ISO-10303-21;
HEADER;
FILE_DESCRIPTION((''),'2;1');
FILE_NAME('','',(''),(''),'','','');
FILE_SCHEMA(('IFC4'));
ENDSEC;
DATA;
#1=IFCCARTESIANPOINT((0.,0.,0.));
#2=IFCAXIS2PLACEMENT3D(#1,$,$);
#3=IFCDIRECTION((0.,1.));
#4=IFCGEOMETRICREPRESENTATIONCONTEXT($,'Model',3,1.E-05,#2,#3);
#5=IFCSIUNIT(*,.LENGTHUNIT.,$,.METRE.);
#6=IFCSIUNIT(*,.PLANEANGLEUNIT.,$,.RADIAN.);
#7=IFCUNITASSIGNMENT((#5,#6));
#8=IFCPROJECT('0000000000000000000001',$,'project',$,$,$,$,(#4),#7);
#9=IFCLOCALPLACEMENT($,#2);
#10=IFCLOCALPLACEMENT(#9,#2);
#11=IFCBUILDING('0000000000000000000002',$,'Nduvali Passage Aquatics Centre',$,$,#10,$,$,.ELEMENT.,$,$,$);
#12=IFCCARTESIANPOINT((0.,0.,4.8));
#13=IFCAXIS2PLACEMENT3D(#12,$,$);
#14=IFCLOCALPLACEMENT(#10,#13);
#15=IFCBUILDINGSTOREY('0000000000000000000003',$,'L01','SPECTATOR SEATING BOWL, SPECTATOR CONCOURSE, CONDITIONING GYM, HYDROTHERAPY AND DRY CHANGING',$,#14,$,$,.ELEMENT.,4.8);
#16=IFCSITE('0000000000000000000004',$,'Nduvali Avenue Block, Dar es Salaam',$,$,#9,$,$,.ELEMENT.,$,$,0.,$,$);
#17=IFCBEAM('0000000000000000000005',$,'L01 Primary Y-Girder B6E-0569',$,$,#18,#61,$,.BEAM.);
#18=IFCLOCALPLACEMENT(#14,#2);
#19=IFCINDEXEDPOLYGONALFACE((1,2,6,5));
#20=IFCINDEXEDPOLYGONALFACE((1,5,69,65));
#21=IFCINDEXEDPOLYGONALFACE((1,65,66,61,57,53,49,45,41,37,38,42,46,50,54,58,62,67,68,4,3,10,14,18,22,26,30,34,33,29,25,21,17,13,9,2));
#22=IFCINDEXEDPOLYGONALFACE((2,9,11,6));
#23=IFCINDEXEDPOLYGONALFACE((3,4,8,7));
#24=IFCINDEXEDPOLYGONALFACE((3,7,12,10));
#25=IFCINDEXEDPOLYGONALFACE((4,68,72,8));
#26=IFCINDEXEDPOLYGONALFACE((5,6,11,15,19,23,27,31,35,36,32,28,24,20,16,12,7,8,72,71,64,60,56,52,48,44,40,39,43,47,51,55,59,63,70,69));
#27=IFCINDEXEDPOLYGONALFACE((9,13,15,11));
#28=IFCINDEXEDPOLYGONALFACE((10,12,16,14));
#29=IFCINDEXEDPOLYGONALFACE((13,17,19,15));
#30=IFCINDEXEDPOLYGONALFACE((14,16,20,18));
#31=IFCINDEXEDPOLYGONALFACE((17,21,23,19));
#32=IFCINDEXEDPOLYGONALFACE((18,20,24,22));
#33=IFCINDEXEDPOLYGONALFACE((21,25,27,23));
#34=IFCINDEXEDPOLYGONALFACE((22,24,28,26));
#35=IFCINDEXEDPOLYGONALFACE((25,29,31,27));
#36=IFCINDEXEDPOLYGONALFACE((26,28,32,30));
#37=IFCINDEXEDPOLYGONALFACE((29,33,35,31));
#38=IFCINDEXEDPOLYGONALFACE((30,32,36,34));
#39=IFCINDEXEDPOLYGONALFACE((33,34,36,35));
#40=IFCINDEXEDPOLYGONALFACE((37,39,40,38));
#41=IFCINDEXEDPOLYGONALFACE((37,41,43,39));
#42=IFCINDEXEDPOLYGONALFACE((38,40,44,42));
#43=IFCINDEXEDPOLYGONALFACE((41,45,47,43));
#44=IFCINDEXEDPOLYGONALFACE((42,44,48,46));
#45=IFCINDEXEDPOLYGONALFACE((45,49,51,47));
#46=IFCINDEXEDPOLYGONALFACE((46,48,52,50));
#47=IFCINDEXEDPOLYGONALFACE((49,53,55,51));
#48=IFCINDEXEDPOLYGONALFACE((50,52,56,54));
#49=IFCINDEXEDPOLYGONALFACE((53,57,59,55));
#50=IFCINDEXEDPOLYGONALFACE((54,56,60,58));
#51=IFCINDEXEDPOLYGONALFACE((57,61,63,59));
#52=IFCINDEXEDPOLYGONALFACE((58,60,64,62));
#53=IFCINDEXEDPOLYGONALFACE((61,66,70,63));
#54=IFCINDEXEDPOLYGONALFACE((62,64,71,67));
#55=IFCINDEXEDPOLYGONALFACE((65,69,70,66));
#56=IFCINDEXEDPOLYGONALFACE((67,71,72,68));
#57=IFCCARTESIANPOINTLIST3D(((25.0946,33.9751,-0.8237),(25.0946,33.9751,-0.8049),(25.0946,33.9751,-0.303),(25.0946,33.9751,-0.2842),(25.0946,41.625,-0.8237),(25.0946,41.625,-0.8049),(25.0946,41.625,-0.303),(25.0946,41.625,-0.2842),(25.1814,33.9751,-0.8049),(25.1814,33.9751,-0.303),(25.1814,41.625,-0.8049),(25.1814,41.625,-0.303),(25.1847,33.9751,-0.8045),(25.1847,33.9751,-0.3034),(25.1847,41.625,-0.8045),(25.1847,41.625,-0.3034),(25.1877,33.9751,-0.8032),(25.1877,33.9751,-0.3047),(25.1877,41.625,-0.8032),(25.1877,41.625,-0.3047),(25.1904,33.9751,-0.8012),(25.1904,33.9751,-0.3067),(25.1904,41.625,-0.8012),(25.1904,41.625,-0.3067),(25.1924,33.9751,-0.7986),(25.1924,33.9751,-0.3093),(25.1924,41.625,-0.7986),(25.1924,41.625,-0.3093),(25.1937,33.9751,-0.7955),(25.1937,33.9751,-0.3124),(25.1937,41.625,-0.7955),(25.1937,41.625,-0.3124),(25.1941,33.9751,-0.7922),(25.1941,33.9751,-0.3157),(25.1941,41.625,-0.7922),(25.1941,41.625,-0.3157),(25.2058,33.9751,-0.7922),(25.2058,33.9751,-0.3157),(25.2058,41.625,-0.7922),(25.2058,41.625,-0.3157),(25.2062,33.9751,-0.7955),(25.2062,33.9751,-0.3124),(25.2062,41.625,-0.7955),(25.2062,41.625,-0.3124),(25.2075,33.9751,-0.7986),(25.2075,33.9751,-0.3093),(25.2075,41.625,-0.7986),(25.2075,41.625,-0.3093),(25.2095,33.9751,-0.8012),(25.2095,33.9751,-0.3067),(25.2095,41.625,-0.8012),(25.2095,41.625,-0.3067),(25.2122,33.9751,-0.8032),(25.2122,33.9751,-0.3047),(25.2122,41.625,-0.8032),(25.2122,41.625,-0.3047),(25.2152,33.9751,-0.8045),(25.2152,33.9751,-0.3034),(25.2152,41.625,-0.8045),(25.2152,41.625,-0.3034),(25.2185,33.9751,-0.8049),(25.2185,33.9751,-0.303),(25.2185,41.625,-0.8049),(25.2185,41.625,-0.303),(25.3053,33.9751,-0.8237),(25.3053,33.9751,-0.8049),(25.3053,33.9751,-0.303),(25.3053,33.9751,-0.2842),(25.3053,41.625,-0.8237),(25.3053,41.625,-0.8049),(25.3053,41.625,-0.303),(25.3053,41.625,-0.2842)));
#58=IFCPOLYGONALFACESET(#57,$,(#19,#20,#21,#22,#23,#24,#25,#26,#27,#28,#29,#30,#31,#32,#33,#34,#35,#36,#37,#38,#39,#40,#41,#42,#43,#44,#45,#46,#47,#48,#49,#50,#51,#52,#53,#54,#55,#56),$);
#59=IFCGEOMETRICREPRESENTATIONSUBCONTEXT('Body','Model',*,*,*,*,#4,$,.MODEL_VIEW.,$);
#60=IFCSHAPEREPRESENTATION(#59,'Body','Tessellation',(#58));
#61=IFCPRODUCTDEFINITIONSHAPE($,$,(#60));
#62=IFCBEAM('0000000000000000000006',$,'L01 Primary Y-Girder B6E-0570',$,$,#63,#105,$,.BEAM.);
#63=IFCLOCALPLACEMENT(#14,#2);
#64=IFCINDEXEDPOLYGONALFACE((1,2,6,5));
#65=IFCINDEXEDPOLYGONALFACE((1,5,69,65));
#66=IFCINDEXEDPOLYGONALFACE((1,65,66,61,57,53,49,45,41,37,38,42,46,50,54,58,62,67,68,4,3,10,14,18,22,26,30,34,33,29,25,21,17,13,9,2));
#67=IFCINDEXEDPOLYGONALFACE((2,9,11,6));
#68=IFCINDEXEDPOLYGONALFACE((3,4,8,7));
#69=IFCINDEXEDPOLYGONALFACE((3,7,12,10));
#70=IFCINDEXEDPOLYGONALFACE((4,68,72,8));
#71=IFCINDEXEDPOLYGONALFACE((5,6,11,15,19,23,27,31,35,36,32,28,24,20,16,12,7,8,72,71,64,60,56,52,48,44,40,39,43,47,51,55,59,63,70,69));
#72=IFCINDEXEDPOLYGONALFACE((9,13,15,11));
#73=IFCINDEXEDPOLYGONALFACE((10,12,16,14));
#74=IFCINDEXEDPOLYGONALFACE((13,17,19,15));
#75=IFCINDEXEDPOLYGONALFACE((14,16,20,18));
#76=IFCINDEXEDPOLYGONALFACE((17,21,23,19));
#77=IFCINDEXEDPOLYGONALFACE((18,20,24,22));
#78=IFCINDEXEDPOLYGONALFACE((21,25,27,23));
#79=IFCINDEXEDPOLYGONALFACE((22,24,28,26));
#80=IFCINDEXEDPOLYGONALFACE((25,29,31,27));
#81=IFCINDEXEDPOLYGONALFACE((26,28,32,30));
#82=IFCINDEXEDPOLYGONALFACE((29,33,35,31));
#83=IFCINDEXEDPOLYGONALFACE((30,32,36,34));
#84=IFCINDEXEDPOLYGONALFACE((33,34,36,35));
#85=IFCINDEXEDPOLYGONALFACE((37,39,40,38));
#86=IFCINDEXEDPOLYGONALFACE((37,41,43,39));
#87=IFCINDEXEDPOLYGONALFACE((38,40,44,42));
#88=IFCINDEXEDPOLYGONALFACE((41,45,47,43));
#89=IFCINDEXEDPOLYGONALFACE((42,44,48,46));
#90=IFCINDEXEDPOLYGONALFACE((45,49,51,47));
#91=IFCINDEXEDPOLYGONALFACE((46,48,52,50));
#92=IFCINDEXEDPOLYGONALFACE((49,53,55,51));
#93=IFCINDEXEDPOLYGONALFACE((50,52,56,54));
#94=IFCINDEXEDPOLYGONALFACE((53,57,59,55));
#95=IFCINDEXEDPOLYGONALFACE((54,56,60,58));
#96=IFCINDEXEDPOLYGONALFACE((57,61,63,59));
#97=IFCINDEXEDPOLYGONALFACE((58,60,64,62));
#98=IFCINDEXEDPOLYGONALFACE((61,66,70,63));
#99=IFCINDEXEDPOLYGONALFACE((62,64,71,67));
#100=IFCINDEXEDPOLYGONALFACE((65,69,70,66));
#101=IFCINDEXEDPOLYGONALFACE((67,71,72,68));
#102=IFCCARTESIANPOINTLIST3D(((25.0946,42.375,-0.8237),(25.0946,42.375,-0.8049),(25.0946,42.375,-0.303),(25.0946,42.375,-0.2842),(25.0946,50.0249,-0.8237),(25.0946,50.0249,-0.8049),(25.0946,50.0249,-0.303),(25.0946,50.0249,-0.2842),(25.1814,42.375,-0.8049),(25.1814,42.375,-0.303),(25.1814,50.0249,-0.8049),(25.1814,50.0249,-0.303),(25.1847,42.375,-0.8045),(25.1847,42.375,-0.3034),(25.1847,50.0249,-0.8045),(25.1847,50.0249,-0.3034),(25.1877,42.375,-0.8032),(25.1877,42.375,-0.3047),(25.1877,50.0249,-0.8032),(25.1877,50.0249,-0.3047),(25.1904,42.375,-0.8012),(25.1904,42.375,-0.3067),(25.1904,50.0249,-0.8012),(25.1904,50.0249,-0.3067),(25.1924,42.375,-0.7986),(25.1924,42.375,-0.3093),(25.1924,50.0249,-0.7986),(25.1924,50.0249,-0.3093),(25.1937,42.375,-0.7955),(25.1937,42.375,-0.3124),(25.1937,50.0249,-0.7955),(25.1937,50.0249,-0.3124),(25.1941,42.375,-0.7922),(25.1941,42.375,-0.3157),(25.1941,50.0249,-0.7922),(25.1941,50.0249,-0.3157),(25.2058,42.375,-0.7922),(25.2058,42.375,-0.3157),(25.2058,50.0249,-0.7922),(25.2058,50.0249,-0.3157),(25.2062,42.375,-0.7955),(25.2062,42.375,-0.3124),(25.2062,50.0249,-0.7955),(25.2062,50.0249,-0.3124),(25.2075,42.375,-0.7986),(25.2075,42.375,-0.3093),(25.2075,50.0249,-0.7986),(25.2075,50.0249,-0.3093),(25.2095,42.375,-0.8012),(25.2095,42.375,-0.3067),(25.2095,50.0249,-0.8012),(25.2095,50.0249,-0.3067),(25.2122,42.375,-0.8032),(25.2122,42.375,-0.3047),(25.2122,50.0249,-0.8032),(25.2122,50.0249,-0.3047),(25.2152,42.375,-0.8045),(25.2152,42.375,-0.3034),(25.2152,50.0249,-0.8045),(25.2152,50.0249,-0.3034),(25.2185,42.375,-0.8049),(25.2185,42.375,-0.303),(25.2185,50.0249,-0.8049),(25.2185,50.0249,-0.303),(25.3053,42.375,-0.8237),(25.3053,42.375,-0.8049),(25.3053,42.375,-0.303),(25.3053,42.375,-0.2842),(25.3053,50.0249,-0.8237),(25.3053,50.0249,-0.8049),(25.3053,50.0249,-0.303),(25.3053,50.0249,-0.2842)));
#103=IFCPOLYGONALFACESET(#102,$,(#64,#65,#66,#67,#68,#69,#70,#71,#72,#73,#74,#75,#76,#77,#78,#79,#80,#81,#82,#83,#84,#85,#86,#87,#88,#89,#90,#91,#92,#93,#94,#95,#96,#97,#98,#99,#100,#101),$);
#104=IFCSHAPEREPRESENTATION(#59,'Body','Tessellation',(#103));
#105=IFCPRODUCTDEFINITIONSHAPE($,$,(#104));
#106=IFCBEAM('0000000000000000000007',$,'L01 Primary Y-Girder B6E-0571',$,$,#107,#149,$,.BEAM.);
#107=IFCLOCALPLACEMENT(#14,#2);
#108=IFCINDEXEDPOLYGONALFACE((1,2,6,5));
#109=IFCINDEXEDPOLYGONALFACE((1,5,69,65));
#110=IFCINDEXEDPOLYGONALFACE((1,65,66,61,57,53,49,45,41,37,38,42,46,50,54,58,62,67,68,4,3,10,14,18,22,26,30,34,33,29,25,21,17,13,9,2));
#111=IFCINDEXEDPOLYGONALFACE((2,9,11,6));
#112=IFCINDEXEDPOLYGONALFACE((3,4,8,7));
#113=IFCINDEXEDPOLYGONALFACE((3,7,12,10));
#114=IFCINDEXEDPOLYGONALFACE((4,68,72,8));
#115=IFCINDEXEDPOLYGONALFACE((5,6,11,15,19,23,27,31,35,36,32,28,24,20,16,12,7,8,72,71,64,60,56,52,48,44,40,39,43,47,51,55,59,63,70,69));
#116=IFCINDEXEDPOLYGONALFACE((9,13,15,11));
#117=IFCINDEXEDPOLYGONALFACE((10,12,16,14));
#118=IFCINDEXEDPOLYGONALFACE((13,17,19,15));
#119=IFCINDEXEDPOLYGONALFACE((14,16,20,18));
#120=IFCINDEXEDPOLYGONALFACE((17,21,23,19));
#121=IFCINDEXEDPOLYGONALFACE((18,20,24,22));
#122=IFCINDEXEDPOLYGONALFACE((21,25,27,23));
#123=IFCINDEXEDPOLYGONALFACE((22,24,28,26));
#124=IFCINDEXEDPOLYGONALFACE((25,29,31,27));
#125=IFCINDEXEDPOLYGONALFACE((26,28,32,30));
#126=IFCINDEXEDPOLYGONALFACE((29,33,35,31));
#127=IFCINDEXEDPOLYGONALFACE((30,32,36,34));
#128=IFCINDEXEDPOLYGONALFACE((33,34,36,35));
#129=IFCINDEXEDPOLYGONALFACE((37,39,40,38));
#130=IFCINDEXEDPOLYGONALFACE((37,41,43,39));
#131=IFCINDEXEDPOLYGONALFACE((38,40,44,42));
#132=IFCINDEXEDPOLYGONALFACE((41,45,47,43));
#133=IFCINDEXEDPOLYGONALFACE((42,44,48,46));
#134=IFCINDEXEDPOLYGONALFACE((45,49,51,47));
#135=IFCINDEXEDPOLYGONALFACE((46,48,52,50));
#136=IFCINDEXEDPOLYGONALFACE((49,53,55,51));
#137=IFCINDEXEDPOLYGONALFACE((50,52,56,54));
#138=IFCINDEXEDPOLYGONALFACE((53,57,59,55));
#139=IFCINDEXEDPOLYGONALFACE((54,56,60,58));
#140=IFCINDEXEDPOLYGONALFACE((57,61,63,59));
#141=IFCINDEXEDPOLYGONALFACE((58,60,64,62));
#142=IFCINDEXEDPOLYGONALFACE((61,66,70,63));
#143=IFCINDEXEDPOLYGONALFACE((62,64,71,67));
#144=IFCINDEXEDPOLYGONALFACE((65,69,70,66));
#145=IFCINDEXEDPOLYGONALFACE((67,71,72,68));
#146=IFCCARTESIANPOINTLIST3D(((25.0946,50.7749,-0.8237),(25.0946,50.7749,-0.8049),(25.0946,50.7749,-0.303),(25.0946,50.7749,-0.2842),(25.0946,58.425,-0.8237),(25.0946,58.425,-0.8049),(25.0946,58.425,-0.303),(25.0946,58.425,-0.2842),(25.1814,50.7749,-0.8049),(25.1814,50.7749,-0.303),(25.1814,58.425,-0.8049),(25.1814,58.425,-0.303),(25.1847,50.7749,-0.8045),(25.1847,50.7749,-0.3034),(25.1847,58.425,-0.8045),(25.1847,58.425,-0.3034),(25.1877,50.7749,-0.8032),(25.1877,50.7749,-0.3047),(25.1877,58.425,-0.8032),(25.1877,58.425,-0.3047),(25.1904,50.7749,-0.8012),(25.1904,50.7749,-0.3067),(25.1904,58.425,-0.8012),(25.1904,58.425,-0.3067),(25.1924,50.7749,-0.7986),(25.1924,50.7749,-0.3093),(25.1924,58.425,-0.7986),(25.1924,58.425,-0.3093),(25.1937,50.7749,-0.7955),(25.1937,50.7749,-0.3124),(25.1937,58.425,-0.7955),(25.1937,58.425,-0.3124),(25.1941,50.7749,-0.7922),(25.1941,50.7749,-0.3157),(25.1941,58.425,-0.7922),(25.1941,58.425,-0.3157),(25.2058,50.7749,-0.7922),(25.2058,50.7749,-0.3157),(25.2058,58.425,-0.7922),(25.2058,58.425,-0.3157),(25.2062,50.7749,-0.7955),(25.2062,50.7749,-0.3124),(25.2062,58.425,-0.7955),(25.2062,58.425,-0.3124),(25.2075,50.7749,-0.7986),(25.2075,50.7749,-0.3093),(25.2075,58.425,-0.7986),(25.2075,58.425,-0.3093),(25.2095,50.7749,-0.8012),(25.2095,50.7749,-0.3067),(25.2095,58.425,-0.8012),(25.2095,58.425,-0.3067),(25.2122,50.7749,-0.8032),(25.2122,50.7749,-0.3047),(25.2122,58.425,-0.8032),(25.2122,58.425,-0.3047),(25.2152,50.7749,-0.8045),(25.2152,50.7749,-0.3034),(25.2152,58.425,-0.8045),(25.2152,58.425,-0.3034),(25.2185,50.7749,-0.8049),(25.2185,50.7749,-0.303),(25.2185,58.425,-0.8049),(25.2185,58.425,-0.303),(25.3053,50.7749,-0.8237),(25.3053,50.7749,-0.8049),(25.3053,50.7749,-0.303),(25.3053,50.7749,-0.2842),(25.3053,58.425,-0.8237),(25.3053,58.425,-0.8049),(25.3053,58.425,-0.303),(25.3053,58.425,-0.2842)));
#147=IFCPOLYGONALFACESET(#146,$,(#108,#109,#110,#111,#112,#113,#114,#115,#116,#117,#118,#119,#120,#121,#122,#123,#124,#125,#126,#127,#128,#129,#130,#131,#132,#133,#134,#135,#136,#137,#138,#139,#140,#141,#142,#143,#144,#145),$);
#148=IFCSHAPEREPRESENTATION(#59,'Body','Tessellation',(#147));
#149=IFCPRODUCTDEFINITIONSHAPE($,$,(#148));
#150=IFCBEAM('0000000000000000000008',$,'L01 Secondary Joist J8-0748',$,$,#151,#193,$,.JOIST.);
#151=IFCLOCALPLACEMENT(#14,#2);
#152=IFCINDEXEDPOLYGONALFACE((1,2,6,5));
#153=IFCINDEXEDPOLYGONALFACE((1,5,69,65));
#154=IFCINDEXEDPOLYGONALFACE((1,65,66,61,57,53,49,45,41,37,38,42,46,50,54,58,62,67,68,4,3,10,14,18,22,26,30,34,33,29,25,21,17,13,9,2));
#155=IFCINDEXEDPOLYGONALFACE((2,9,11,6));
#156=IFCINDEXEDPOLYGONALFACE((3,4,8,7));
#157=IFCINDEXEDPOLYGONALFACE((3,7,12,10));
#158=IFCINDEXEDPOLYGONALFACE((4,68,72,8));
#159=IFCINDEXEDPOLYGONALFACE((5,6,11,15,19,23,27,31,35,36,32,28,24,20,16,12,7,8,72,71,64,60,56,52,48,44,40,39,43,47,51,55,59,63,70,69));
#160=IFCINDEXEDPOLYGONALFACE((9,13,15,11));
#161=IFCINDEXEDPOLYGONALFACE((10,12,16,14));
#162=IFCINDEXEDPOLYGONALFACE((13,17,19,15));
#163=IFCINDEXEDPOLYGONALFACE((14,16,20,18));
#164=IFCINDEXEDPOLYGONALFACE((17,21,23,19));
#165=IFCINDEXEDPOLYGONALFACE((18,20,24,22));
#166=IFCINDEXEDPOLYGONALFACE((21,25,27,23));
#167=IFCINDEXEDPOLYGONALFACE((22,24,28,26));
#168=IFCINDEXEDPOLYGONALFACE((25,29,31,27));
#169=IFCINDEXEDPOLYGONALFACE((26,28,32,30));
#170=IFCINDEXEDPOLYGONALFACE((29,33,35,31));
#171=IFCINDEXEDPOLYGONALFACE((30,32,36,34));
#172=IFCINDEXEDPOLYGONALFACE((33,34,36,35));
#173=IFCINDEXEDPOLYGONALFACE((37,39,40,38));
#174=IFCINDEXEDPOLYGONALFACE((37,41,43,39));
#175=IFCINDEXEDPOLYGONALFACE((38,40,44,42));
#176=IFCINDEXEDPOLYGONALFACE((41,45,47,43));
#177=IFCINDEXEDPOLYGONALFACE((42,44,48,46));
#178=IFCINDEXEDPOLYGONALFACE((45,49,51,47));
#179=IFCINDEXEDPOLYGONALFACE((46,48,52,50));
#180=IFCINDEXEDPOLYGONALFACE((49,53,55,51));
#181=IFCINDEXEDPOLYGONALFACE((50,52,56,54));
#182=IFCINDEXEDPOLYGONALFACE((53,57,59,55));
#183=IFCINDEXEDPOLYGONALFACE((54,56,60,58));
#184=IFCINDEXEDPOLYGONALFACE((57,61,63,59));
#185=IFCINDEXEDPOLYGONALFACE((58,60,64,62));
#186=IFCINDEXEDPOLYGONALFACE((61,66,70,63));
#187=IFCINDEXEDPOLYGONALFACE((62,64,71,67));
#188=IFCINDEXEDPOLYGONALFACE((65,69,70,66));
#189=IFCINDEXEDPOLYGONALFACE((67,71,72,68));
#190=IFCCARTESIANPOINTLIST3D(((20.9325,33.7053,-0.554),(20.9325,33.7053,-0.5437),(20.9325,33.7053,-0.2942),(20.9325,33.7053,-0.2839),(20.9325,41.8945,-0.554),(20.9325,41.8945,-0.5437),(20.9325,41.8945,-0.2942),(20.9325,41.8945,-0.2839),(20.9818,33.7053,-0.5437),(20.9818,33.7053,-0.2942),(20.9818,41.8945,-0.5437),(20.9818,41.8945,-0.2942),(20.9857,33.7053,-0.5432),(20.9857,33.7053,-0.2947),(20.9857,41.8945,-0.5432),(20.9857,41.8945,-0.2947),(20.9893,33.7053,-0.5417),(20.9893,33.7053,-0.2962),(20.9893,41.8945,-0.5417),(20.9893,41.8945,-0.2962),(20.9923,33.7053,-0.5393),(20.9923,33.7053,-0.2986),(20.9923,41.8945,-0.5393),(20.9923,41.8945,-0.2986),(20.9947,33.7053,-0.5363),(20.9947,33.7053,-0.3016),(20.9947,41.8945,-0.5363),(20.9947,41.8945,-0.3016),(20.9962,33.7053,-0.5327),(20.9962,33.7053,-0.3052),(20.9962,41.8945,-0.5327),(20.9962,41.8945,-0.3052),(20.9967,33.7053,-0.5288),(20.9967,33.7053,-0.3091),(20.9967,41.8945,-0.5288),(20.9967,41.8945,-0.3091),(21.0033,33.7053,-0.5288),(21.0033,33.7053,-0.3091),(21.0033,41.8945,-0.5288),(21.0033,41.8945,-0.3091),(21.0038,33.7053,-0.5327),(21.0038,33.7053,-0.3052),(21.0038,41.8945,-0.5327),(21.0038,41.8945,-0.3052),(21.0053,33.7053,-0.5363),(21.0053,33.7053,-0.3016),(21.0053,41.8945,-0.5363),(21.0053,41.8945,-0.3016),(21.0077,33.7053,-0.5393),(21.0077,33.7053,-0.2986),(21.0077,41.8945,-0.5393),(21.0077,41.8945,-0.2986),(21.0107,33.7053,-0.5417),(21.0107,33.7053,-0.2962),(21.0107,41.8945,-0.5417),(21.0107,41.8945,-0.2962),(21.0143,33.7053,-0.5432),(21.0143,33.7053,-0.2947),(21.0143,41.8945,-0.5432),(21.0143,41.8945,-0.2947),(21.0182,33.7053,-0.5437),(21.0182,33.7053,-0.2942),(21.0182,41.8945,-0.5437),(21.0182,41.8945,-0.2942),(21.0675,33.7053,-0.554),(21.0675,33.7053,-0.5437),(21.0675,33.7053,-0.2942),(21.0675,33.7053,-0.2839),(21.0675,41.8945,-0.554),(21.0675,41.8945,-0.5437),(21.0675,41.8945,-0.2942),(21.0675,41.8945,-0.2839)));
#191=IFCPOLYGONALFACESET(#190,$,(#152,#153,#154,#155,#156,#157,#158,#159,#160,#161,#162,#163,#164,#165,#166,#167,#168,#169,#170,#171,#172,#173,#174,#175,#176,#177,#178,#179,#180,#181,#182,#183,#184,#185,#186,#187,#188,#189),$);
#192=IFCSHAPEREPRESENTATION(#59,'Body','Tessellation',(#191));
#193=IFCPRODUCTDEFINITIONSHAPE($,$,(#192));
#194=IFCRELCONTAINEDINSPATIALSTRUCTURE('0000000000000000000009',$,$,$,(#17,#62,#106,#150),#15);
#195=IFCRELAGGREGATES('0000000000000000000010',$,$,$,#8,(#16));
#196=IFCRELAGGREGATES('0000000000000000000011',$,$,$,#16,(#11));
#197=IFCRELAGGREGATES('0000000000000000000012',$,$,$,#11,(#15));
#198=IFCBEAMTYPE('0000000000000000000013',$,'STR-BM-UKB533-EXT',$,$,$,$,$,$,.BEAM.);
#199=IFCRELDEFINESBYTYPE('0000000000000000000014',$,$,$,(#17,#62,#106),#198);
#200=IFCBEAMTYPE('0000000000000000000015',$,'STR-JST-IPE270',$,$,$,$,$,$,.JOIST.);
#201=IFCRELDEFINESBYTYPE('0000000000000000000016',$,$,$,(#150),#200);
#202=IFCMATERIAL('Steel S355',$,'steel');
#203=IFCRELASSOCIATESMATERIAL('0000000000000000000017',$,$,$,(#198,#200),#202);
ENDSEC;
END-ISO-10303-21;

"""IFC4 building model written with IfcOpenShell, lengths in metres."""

from ifc_helpers import new_model, si_unit, direction, frame, origin, origin_2d, place, context, subcontext, project, spatial, i_section, extrude, material, material_profile, profile_set, type_object, element, save


model = new_model("IFC4")

# Units and contexts
model_context = context("Model", 3, precision=1e-05, world=origin(), true_north=direction((0.0, 1.0)))
body_context = subcontext(model_context, "Body", "Model", "MODEL_VIEW")
ifc_project = project(units=[si_unit("LENGTHUNIT", "METRE"), si_unit("PLANEANGLEUNIT", "RADIAN")], contexts=[model_context])

# Site, building, storey
site_placement = place(None, origin())
site = spatial("IfcSite", under=ifc_project, at=site_placement, Name="Nduvali Avenue Block, Dar es Salaam", CompositionType="ELEMENT", RefElevation=0.0)
building_placement = place(site_placement, origin())
building = spatial("IfcBuilding", under=site, at=building_placement, Name="Nduvali Passage Aquatics Centre", CompositionType="ELEMENT")
storey_placement = place(building_placement, frame((0.0, 0.0, 4.8)))
storey = spatial("IfcBuildingStorey", under=building, at=storey_placement, Name="L01", Description="SPECTATOR SEATING BOWL, SPECTATOR CONCOURSE, CONDITIONING GYM, HYDROTHERAPY AND DRY CHANGING", CompositionType="ELEMENT", Elevation=4.8)

# Shared definitions
ifc_material_1 = material(Name="Steel S355", Category="steel")

# Beams
ifc_material_profile_1 = material_profile(ifc_material_1, i_section(OverallWidth=0.2107, OverallDepth=0.5396, WebThickness=0.0117, FlangeThickness=0.0188, FilletRadius=0.0127, at=origin_2d()), Name="UKB 533x210x109")
ifc_profile_set_1 = profile_set([ifc_material_profile_1], Name="Steel S355")
beam_type_1 = type_object("IfcBeamType", Name="STR-BM-UKB533-EXT", PredefinedType="BEAM", material=ifc_profile_set_1)
for number, where, z_axis, x_axis, name in (
    (1, (25.2, 33.9751, -0.554), (0.0, 1.0, 0.0), (-1.0, 0.0, 0.0), "L01 Primary Y-Girder B6E-0569"),
    (2, (25.2, 42.375, -0.554), (0.0, 1.0, 0.0), (-1.0, 0.0, 0.0), "L01 Primary Y-Girder B6E-0570"),
):
    element("IfcBeam", number, at=place(storey_placement, frame(where, z_axis=z_axis, x_axis=x_axis)), inside=storey, type_object=beam_type_1, Name=name, PredefinedType="BEAM", context=body_context, shape_type="SweptSolid", body=[
        extrude(i_section(OverallWidth=0.2107, OverallDepth=0.5396, WebThickness=0.0117, FlangeThickness=0.0188, FilletRadius=0.0127, at=origin_2d()), origin(), (0.0, 0.0, 1.0), 7.6499),
    ])
beam_1_placement = place(storey_placement, frame((25.2, 50.7749, -0.554), z_axis=(0.0, 1.0, 0.0), x_axis=(-1.0, 0.0, 0.0)))
element("IfcBeam", 3, at=beam_1_placement, inside=storey, type_object=beam_type_1, Name="L01 Primary Y-Girder B6E-0571", PredefinedType="BEAM", context=body_context, shape_type="SweptSolid", body=[
    extrude(i_section(OverallWidth=0.2107, OverallDepth=0.5396, WebThickness=0.0117, FlangeThickness=0.0188, FilletRadius=0.0127, at=origin_2d()), origin(), (0.0, 0.0, 1.0), 7.6501),
])
ifc_material_profile_2 = material_profile(ifc_material_1, i_section(OverallWidth=0.135, OverallDepth=0.27, WebThickness=0.0066, FlangeThickness=0.0103, FilletRadius=0.0149, at=origin_2d()), Name="IPE 270")
ifc_profile_set_2 = profile_set([ifc_material_profile_2], Name="Steel S355")
beam_type_2 = type_object("IfcBeamType", Name="STR-JST-IPE270", PredefinedType="JOIST", material=ifc_profile_set_2)
beam_2_placement = place(storey_placement, frame((21.0, 33.7053, -0.4189), z_axis=(0.0, 1.0, 0.0), x_axis=(-1.0, 0.0, 0.0)))
element("IfcBeam", 4, at=beam_2_placement, inside=storey, type_object=beam_type_2, Name="L01 Secondary Joist J8-0748", PredefinedType="JOIST", context=body_context, shape_type="SweptSolid", body=[
    extrude(i_section(OverallWidth=0.135, OverallDepth=0.27, WebThickness=0.0066, FlangeThickness=0.0103, FilletRadius=0.0149, at=origin_2d()), origin(), (0.0, 0.0, 1.0), 8.1892),
])

save(model, "model.ifc")
